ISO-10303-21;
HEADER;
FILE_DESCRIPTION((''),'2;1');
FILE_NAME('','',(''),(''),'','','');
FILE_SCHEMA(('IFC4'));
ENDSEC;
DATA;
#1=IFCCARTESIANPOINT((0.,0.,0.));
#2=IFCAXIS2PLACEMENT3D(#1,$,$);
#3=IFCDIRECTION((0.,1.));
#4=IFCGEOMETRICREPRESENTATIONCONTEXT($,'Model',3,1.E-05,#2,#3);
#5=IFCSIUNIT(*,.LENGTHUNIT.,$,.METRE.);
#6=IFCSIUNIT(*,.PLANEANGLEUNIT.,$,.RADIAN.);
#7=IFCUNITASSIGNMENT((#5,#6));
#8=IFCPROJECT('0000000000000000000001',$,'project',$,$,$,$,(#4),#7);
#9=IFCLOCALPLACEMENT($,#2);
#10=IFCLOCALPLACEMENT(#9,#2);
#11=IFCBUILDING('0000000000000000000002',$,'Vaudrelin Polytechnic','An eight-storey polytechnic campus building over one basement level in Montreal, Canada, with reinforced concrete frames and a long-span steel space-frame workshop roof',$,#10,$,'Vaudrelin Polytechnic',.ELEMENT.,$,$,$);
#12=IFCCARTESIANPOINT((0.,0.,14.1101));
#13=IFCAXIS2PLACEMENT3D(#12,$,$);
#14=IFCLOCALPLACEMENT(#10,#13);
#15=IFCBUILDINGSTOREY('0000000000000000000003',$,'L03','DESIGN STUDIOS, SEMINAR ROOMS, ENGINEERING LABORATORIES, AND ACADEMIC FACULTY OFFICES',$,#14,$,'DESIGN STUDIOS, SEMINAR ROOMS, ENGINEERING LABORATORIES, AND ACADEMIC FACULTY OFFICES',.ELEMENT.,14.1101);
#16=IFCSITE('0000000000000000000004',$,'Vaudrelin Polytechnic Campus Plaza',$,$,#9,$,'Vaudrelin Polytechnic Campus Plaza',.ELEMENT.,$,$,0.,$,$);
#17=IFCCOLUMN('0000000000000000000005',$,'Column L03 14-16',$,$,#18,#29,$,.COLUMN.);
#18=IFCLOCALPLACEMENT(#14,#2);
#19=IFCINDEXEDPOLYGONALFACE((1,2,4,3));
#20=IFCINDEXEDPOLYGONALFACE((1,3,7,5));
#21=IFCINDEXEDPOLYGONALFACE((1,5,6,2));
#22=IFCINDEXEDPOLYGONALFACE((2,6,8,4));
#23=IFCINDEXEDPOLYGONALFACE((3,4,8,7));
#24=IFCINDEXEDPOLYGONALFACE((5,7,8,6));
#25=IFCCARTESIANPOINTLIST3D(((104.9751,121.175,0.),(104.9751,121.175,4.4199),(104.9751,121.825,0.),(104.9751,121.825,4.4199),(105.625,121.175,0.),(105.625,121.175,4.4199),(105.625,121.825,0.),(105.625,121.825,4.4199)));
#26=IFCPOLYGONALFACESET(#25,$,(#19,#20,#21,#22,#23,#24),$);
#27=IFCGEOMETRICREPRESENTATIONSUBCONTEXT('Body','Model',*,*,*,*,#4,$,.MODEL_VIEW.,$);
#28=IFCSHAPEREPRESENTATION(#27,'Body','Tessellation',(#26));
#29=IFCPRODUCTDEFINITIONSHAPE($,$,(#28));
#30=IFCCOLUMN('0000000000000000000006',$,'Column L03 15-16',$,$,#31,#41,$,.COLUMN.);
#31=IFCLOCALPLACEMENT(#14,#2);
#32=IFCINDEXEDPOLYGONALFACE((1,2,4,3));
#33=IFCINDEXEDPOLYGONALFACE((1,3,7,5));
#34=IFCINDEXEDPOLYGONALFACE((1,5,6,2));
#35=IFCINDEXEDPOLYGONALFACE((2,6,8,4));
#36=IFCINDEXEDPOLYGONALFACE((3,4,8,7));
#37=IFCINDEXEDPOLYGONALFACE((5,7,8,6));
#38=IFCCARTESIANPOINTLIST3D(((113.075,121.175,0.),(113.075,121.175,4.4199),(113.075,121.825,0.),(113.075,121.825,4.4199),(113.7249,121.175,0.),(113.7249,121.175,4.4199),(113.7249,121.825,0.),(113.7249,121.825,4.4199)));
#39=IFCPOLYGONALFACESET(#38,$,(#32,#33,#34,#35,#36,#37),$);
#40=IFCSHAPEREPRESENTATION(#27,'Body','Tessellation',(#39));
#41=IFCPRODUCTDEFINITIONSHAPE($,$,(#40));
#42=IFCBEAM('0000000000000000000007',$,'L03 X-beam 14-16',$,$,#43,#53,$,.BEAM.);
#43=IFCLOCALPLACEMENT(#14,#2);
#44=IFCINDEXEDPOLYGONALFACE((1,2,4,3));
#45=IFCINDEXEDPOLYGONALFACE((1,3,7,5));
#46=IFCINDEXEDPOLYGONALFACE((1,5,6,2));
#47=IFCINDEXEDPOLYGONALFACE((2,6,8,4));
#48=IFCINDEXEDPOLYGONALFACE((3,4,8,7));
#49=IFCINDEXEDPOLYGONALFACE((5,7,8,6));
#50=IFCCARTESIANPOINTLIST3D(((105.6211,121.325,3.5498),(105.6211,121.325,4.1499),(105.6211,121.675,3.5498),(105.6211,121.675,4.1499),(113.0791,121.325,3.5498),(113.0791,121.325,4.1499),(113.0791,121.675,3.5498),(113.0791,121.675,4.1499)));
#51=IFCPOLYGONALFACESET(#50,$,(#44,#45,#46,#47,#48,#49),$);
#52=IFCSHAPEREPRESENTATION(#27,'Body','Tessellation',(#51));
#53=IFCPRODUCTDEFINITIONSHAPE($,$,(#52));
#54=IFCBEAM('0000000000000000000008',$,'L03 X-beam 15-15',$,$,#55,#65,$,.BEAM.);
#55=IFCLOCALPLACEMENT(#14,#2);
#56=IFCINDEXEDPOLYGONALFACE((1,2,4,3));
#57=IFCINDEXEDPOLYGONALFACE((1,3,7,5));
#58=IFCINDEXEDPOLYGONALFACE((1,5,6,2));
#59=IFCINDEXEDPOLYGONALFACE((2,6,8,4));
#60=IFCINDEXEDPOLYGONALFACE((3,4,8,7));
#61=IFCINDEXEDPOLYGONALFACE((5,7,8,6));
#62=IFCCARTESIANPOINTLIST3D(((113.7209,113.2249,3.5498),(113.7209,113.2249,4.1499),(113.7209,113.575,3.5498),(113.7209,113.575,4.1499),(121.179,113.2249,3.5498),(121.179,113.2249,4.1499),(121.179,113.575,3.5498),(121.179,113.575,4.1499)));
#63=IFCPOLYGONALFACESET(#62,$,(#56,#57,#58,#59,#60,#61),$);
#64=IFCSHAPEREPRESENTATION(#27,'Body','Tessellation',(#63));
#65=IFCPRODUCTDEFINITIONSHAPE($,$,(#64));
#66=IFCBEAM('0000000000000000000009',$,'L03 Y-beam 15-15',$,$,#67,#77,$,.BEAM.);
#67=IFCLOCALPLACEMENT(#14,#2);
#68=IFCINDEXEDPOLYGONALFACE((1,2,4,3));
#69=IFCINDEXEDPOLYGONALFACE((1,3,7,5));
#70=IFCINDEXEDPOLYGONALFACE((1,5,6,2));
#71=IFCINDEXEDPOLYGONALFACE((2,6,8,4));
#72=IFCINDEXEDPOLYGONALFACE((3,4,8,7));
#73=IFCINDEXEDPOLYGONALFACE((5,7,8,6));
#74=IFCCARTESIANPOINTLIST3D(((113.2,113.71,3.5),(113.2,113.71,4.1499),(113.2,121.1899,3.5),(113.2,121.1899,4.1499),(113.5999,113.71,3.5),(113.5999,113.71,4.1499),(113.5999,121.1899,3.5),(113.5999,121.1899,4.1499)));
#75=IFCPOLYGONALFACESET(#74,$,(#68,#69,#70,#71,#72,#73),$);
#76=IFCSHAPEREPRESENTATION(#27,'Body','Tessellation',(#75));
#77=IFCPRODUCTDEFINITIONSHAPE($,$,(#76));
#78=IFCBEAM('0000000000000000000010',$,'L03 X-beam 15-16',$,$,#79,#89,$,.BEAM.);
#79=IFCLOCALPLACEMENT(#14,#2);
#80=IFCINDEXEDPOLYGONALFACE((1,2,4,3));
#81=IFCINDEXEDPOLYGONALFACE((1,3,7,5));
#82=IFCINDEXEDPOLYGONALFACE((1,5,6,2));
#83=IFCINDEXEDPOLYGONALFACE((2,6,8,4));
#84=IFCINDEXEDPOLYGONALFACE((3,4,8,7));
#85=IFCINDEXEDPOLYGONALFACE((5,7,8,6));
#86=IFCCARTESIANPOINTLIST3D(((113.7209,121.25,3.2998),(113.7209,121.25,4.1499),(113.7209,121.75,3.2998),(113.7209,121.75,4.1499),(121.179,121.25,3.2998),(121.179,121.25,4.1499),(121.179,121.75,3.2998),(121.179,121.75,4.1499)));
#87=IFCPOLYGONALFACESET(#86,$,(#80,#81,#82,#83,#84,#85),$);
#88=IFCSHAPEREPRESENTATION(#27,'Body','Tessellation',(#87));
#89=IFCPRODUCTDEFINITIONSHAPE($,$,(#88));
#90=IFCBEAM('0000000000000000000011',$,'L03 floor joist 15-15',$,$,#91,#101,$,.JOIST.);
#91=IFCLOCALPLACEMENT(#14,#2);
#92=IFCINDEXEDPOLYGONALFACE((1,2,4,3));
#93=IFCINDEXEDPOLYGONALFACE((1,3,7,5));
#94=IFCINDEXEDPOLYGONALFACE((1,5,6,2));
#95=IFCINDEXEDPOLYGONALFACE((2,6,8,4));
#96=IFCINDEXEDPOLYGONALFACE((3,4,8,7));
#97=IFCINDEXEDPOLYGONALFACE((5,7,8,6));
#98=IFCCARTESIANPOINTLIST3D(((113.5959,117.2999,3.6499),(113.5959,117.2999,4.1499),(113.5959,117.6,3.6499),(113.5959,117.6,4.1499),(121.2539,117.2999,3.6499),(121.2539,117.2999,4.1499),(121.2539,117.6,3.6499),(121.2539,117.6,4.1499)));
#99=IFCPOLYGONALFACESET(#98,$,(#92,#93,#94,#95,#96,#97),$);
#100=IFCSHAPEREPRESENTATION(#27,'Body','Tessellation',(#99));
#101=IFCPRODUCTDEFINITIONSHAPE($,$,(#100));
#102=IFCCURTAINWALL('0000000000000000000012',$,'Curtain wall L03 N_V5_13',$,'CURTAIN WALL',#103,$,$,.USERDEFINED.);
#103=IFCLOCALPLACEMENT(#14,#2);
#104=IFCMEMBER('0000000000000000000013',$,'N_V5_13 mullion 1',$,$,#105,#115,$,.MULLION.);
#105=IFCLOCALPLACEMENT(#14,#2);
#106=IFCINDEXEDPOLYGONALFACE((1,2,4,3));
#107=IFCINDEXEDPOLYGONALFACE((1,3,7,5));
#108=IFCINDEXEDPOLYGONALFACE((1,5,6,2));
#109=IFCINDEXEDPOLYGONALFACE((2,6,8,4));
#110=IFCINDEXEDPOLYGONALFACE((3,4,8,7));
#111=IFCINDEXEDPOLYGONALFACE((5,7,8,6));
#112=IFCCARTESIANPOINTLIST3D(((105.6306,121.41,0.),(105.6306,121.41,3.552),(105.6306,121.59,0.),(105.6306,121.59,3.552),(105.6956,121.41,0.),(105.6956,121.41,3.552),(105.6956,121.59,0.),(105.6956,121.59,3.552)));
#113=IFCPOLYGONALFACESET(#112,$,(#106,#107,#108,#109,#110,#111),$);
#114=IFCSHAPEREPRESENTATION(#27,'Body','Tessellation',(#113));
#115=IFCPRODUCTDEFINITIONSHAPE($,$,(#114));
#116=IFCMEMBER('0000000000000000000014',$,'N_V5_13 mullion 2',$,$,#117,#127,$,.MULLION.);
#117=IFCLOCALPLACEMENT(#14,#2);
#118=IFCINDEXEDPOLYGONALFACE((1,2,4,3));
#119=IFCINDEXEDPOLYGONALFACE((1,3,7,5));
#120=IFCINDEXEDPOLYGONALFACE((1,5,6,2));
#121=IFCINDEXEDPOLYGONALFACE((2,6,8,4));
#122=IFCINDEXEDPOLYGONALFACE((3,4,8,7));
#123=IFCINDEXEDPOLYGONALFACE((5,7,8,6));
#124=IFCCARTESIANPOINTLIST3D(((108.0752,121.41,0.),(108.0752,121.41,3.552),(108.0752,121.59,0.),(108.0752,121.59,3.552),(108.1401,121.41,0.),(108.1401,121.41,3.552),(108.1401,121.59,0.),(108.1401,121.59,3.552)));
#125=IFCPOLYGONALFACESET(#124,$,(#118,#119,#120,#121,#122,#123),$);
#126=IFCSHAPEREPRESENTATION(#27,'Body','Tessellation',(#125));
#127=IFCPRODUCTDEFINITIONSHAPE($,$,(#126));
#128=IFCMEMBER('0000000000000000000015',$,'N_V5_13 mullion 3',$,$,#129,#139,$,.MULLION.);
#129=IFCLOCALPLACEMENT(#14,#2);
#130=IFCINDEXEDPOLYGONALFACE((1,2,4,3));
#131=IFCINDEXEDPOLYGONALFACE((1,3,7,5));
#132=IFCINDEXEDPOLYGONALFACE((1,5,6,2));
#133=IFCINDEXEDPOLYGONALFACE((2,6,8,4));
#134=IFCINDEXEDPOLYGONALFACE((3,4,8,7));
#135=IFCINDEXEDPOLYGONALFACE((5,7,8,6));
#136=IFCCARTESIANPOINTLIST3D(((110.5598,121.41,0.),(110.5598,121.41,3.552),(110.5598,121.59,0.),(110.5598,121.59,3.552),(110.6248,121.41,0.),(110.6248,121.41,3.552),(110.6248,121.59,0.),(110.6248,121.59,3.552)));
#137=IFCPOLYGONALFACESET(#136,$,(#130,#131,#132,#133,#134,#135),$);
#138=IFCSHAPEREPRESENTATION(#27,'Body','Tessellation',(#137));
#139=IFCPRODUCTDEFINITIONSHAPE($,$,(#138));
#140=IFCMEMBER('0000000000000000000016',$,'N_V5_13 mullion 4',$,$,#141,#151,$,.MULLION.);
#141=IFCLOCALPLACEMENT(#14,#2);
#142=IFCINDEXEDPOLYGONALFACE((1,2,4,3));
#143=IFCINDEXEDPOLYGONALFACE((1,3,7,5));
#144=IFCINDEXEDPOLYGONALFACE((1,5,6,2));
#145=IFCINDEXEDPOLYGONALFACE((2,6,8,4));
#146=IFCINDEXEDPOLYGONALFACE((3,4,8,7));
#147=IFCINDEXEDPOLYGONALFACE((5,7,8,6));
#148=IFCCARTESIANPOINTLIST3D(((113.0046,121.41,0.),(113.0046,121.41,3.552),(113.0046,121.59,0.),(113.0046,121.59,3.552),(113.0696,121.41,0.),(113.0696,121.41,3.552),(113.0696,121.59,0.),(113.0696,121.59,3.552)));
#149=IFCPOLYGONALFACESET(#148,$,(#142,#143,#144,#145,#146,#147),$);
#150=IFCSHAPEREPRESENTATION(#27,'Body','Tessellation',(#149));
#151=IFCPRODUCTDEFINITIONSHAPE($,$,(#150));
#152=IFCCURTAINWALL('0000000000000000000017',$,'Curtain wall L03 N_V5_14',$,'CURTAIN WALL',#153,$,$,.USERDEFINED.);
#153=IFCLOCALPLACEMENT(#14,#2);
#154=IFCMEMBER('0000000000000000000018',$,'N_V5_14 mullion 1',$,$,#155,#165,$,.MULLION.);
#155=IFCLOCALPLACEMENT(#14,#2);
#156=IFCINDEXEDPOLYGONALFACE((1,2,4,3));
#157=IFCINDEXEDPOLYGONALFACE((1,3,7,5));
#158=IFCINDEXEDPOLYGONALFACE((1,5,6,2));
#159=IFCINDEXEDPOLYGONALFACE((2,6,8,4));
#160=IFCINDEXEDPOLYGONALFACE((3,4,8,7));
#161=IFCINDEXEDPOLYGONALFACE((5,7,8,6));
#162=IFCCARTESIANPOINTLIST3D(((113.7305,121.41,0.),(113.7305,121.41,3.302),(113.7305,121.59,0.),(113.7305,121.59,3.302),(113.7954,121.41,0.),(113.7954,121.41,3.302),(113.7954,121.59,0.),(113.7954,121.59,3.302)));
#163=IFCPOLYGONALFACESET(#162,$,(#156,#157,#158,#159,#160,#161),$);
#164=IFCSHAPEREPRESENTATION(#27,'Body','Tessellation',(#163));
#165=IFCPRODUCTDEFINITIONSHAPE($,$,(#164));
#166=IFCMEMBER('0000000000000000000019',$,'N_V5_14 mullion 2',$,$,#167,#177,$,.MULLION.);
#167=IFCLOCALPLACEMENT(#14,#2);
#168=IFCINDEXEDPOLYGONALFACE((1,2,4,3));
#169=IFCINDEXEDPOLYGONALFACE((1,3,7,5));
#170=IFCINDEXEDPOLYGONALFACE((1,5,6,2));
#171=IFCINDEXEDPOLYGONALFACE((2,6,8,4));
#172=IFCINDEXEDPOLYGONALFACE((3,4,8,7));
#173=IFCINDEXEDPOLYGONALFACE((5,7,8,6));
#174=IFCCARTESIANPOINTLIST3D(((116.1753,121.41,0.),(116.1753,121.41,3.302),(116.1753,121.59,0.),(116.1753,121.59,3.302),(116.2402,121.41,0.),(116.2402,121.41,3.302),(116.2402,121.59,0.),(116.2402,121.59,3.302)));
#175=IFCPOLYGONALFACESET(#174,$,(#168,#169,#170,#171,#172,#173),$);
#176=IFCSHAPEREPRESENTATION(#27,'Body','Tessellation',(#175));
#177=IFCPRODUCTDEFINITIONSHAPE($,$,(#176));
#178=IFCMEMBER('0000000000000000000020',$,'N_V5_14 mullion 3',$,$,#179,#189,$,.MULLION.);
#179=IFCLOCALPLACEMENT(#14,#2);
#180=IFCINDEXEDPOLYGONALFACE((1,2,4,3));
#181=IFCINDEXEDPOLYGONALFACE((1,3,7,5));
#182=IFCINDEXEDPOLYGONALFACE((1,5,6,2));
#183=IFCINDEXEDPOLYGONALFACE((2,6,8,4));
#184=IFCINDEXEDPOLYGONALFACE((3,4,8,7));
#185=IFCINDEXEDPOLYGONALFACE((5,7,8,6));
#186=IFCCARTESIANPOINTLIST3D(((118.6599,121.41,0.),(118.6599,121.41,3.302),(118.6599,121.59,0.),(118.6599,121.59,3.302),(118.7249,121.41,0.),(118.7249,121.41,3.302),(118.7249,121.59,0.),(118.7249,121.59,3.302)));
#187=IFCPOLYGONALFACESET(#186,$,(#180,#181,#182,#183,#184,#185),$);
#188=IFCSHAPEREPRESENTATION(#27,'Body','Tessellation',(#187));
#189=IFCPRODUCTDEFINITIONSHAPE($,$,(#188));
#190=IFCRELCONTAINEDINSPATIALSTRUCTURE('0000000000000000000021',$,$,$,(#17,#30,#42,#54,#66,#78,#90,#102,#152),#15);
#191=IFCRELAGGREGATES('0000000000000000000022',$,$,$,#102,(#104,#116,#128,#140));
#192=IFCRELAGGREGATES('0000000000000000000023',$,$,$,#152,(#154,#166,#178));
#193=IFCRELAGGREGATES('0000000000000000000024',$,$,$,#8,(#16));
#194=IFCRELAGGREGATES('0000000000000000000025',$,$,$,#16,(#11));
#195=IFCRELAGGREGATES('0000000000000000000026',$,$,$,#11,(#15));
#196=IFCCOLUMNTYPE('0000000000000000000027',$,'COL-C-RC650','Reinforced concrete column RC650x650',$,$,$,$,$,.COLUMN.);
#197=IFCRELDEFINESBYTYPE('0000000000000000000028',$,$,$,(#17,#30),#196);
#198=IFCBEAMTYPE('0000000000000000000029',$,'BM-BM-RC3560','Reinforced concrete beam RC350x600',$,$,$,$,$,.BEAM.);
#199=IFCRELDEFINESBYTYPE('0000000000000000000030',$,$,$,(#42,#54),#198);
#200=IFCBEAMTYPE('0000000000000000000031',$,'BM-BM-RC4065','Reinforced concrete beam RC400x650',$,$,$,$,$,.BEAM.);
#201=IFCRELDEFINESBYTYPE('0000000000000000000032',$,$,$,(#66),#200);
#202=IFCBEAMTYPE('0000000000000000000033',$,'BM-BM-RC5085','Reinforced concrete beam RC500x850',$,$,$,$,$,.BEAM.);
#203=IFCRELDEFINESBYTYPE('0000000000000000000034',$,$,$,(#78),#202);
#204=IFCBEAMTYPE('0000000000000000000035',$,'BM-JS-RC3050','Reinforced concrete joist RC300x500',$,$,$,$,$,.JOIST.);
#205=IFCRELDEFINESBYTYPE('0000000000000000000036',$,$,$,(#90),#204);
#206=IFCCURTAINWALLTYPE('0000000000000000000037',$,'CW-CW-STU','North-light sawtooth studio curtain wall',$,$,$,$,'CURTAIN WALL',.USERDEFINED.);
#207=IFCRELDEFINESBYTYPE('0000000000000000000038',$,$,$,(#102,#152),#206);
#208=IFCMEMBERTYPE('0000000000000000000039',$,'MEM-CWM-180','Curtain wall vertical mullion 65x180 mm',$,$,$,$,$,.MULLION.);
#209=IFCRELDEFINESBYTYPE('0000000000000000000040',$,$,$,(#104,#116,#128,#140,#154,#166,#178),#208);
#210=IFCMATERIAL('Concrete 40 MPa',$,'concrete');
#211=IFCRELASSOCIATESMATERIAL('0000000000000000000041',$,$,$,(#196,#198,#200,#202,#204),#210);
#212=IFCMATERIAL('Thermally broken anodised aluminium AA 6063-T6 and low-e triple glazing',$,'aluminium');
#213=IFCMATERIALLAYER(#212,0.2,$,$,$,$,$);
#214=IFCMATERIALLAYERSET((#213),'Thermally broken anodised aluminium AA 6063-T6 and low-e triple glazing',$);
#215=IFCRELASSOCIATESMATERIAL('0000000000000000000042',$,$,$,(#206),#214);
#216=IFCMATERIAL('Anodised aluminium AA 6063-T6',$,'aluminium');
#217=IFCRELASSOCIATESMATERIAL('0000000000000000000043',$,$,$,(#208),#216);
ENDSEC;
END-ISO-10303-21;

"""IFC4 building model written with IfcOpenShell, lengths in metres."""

from ifc_helpers import new_model, si_unit, direction, frame, origin, origin_2d, place, context, subcontext, project, spatial, rectangle, extrude, material, layer, layer_set, material_profile, profile_set, type_object, element, aggregate, save


model = new_model("IFC4")

# Units and contexts
model_context = context("Model", 3, precision=1e-05, world=origin(), true_north=direction((0.0, 1.0)))
body_context = subcontext(model_context, "Body", "Model", "MODEL_VIEW")
ifc_project = project(units=[si_unit("LENGTHUNIT", "METRE"), si_unit("PLANEANGLEUNIT", "RADIAN")], contexts=[model_context])

# Site, building, storey
site_placement = place(None, origin())
site = spatial("IfcSite", under=ifc_project, at=site_placement, Name="Vaudrelin Polytechnic Campus Plaza", LongName="Vaudrelin Polytechnic Campus Plaza", CompositionType="ELEMENT", RefElevation=0.0)
building_placement = place(site_placement, origin())
building = spatial("IfcBuilding", under=site, at=building_placement, Name="Vaudrelin Polytechnic", Description="An eight-storey polytechnic campus building over one basement level in Montreal, Canada, with reinforced concrete frames and a long-span steel space-frame workshop roof", LongName="Vaudrelin Polytechnic", CompositionType="ELEMENT")
storey_placement = place(building_placement, frame((0.0, 0.0, 14.1101)))
storey = spatial("IfcBuildingStorey", under=building, at=storey_placement, Name="L03", Description="DESIGN STUDIOS, SEMINAR ROOMS, ENGINEERING LABORATORIES, AND ACADEMIC FACULTY OFFICES", LongName="DESIGN STUDIOS, SEMINAR ROOMS, ENGINEERING LABORATORIES, AND ACADEMIC FACULTY OFFICES", CompositionType="ELEMENT", Elevation=14.1101)

# Columns
ifc_material_1 = material(Name="Concrete 40 MPa", Category="concrete")
ifc_material_profile_1 = material_profile(ifc_material_1, rectangle(XDim=0.6499, YDim=0.6499, at=origin_2d()), Name="RC650x650")
ifc_profile_set_1 = profile_set([ifc_material_profile_1], Name="Concrete 40 MPa")
column_type = type_object("IfcColumnType", Name="COL-C-RC650", Description="Reinforced concrete column RC650x650", PredefinedType="COLUMN", material=ifc_profile_set_1)
for number, where, z_axis, x_axis, name in (
    (1, (105.3, 121.5, 0.0), (0.0, 0.0, 1.0), (1.0, 0.0, 0.0), "Column L03 14-16"),
    (2, (113.3999, 121.5, 0.0), (0.0, 0.0, 1.0), (1.0, 0.0, 0.0), "Column L03 15-16"),
):
    element("IfcColumn", number, at=place(storey_placement, frame(where, z_axis=z_axis, x_axis=x_axis)), inside=storey, type_object=column_type, Name=name, PredefinedType="COLUMN", context=body_context, shape_type="SweptSolid", body=[
        extrude(rectangle(XDim=0.6499, YDim=0.6499, at=origin_2d()), origin(), (0.0, 0.0, 1.0), 4.4199),
    ])

# Beams
ifc_material_profile_2 = material_profile(ifc_material_1, rectangle(XDim=0.3501, YDim=0.6001, at=origin_2d()), Name="RC350x600")
ifc_profile_set_2 = profile_set([ifc_material_profile_2], Name="Concrete 40 MPa")
beam_type_1 = type_object("IfcBeamType", Name="BM-BM-RC3560", Description="Reinforced concrete beam RC350x600", PredefinedType="BEAM", material=ifc_profile_set_2)
for number, where, z_axis, x_axis, name in (
    (3, (105.6211, 121.5, 3.8499), (1.0, 0.0, 0.0), (0.0, 1.0, 0.0), "L03 X-beam 14-16"),
    (4, (113.7209, 113.3999, 3.8499), (1.0, 0.0, 0.0), (0.0, 1.0, 0.0), "L03 X-beam 15-15"),
):
    element("IfcBeam", number, at=place(storey_placement, frame(where, z_axis=z_axis, x_axis=x_axis)), inside=storey, type_object=beam_type_1, Name=name, PredefinedType="BEAM", context=body_context, shape_type="SweptSolid", body=[
        extrude(rectangle(XDim=0.3501, YDim=0.6001, at=origin_2d()), origin(), (0.0, 0.0, 1.0), 7.458),
    ])
ifc_material_profile_3 = material_profile(ifc_material_1, rectangle(XDim=0.3999, YDim=0.6499, at=origin_2d()), Name="RC400x650")
ifc_profile_set_3 = profile_set([ifc_material_profile_3], Name="Concrete 40 MPa")
beam_type_2 = type_object("IfcBeamType", Name="BM-BM-RC4065", Description="Reinforced concrete beam RC400x650", PredefinedType="BEAM", material=ifc_profile_set_3)
beam_1_placement = place(storey_placement, frame((113.3999, 113.71, 3.825), z_axis=(0.0, 1.0, 0.0), x_axis=(-1.0, 0.0, 0.0)))
element("IfcBeam", 5, at=beam_1_placement, inside=storey, type_object=beam_type_2, Name="L03 Y-beam 15-15", PredefinedType="BEAM", context=body_context, shape_type="SweptSolid", body=[
    extrude(rectangle(XDim=0.3999, YDim=0.6499, at=origin_2d()), origin(), (0.0, 0.0, 1.0), 7.48),
])
ifc_material_profile_4 = material_profile(ifc_material_1, rectangle(XDim=0.5, YDim=0.8501, at=origin_2d()), Name="RC500x850")
ifc_profile_set_4 = profile_set([ifc_material_profile_4], Name="Concrete 40 MPa")
beam_type_3 = type_object("IfcBeamType", Name="BM-BM-RC5085", Description="Reinforced concrete beam RC500x850", PredefinedType="BEAM", material=ifc_profile_set_4)
beam_2_placement = place(storey_placement, frame((113.7209, 121.5, 3.7249), z_axis=(1.0, 0.0, 0.0), x_axis=(0.0, 1.0, 0.0)))
element("IfcBeam", 6, at=beam_2_placement, inside=storey, type_object=beam_type_3, Name="L03 X-beam 15-16", PredefinedType="BEAM", context=body_context, shape_type="SweptSolid", body=[
    extrude(rectangle(XDim=0.5, YDim=0.8501, at=origin_2d()), origin(), (0.0, 0.0, 1.0), 7.458),
])
ifc_material_profile_5 = material_profile(ifc_material_1, rectangle(XDim=0.3, YDim=0.5, at=origin_2d()), Name="RC300x500")
ifc_profile_set_5 = profile_set([ifc_material_profile_5], Name="Concrete 40 MPa")
beam_type_4 = type_object("IfcBeamType", Name="BM-JS-RC3050", Description="Reinforced concrete joist RC300x500", PredefinedType="JOIST", material=ifc_profile_set_5)
beam_3_placement = place(storey_placement, frame((113.5959, 117.45, 3.8999), z_axis=(1.0, 0.0, 0.0), x_axis=(0.0, 1.0, 0.0)))
element("IfcBeam", 7, at=beam_3_placement, inside=storey, type_object=beam_type_4, Name="L03 floor joist 15-15", PredefinedType="JOIST", context=body_context, shape_type="SweptSolid", body=[
    extrude(rectangle(XDim=0.3, YDim=0.5, at=origin_2d()), origin(), (0.0, 0.0, 1.0), 7.658),
])

# Curtain walls, members
ifc_material_2 = material(Name="Thermally broken anodised aluminium AA 6063-T6 and low-e triple glazing", Category="aluminium")
ifc_layer_1 = layer(ifc_material_2, 0.2)
ifc_layer_set_1 = layer_set([ifc_layer_1], Name="Thermally broken anodised aluminium AA 6063-T6 and low-e triple glazing")
curtain_wall_type = type_object("IfcCurtainWallType", Name="CW-CW-STU", Description="North-light sawtooth studio curtain wall", ElementType="CURTAIN WALL", PredefinedType="USERDEFINED", material=ifc_layer_set_1)
curtain_wall_1_placement = place(storey_placement, origin())
curtain_wall_1 = element("IfcCurtainWall", 8, at=curtain_wall_1_placement, inside=storey, type_object=curtain_wall_type, Name="Curtain wall L03 N_V5_13", ObjectType="CURTAIN WALL", PredefinedType="USERDEFINED")
ifc_material_3 = material(Name="Anodised aluminium AA 6063-T6", Category="aluminium")
ifc_material_profile_6 = material_profile(ifc_material_3, rectangle(XDim=0.0649, YDim=0.1799, at=origin_2d()), Name="CWM-65x180")
ifc_profile_set_6 = profile_set([ifc_material_profile_6], Name="Anodised aluminium AA 6063-T6")
member_type_1 = type_object("IfcMemberType", Name="MEM-CWM-180", Description="Curtain wall vertical mullion 65x180 mm", PredefinedType="MULLION", material=ifc_profile_set_6)
member_1_placement = place(storey_placement, frame((105.6631, 121.5, 0.0), z_axis=(0.0, 0.0, 1.0), x_axis=(1.0, 0.0, 0.0)))
member_1 = element("IfcMember", 9, at=member_1_placement, type_object=member_type_1, Name="N_V5_13 mullion 1", PredefinedType="MULLION", context=body_context, shape_type="SweptSolid", body=[
    extrude(rectangle(XDim=0.0649, YDim=0.1799, at=origin_2d()), origin(), (0.0, 0.0, 1.0), 3.552),
])
member_2_placement = place(storey_placement, frame((108.1077, 121.5, 0.0), z_axis=(0.0, 0.0, 1.0), x_axis=(1.0, 0.0, 0.0)))
member_2 = element("IfcMember", 10, at=member_2_placement, type_object=member_type_1, Name="N_V5_13 mullion 2", PredefinedType="MULLION", context=body_context, shape_type="SweptSolid", body=[
    extrude(rectangle(XDim=0.0649, YDim=0.1799, at=origin_2d()), origin(), (0.0, 0.0, 1.0), 3.552),
])
member_3_placement = place(storey_placement, frame((110.5923, 121.5, 0.0), z_axis=(0.0, 0.0, 1.0), x_axis=(1.0, 0.0, 0.0)))
member_3 = element("IfcMember", 11, at=member_3_placement, type_object=member_type_1, Name="N_V5_13 mullion 3", PredefinedType="MULLION", context=body_context, shape_type="SweptSolid", body=[
    extrude(rectangle(XDim=0.0649, YDim=0.1799, at=origin_2d()), origin(), (0.0, 0.0, 1.0), 3.552),
])
member_4_placement = place(storey_placement, frame((113.0371, 121.5, 0.0), z_axis=(0.0, 0.0, 1.0), x_axis=(1.0, 0.0, 0.0)))
member_4 = element("IfcMember", 12, at=member_4_placement, type_object=member_type_1, Name="N_V5_13 mullion 4", PredefinedType="MULLION", context=body_context, shape_type="SweptSolid", body=[
    extrude(rectangle(XDim=0.0649, YDim=0.1799, at=origin_2d()), origin(), (0.0, 0.0, 1.0), 3.552),
])
curtain_wall_2_placement = place(storey_placement, origin())
curtain_wall_2 = element("IfcCurtainWall", 13, at=curtain_wall_2_placement, inside=storey, type_object=curtain_wall_type, Name="Curtain wall L03 N_V5_14", ObjectType="CURTAIN WALL", PredefinedType="USERDEFINED")
member_5_placement = place(storey_placement, frame((113.7629, 121.5, 0.0), z_axis=(0.0, 0.0, 1.0), x_axis=(1.0, 0.0, 0.0)))
member_5 = element("IfcMember", 14, at=member_5_placement, type_object=member_type_1, Name="N_V5_14 mullion 1", PredefinedType="MULLION", context=body_context, shape_type="SweptSolid", body=[
    extrude(rectangle(XDim=0.0649, YDim=0.1799, at=origin_2d()), origin(), (0.0, 0.0, 1.0), 3.302),
])
member_6_placement = place(storey_placement, frame((116.2078, 121.5, 0.0), z_axis=(0.0, 0.0, 1.0), x_axis=(1.0, 0.0, 0.0)))
member_6 = element("IfcMember", 15, at=member_6_placement, type_object=member_type_1, Name="N_V5_14 mullion 2", PredefinedType="MULLION", context=body_context, shape_type="SweptSolid", body=[
    extrude(rectangle(XDim=0.0649, YDim=0.1799, at=origin_2d()), origin(), (0.0, 0.0, 1.0), 3.302),
])
member_7_placement = place(storey_placement, frame((118.6924, 121.5, 0.0), z_axis=(0.0, 0.0, 1.0), x_axis=(1.0, 0.0, 0.0)))
member_7 = element("IfcMember", 16, at=member_7_placement, type_object=member_type_1, Name="N_V5_14 mullion 3", PredefinedType="MULLION", context=body_context, shape_type="SweptSolid", body=[
    extrude(rectangle(XDim=0.0649, YDim=0.1799, at=origin_2d()), origin(), (0.0, 0.0, 1.0), 3.302),
])

aggregate(curtain_wall_1, [member_1, member_2, member_3, member_4])
aggregate(curtain_wall_2, [member_5, member_6, member_7])

save(model, "model.ifc")
